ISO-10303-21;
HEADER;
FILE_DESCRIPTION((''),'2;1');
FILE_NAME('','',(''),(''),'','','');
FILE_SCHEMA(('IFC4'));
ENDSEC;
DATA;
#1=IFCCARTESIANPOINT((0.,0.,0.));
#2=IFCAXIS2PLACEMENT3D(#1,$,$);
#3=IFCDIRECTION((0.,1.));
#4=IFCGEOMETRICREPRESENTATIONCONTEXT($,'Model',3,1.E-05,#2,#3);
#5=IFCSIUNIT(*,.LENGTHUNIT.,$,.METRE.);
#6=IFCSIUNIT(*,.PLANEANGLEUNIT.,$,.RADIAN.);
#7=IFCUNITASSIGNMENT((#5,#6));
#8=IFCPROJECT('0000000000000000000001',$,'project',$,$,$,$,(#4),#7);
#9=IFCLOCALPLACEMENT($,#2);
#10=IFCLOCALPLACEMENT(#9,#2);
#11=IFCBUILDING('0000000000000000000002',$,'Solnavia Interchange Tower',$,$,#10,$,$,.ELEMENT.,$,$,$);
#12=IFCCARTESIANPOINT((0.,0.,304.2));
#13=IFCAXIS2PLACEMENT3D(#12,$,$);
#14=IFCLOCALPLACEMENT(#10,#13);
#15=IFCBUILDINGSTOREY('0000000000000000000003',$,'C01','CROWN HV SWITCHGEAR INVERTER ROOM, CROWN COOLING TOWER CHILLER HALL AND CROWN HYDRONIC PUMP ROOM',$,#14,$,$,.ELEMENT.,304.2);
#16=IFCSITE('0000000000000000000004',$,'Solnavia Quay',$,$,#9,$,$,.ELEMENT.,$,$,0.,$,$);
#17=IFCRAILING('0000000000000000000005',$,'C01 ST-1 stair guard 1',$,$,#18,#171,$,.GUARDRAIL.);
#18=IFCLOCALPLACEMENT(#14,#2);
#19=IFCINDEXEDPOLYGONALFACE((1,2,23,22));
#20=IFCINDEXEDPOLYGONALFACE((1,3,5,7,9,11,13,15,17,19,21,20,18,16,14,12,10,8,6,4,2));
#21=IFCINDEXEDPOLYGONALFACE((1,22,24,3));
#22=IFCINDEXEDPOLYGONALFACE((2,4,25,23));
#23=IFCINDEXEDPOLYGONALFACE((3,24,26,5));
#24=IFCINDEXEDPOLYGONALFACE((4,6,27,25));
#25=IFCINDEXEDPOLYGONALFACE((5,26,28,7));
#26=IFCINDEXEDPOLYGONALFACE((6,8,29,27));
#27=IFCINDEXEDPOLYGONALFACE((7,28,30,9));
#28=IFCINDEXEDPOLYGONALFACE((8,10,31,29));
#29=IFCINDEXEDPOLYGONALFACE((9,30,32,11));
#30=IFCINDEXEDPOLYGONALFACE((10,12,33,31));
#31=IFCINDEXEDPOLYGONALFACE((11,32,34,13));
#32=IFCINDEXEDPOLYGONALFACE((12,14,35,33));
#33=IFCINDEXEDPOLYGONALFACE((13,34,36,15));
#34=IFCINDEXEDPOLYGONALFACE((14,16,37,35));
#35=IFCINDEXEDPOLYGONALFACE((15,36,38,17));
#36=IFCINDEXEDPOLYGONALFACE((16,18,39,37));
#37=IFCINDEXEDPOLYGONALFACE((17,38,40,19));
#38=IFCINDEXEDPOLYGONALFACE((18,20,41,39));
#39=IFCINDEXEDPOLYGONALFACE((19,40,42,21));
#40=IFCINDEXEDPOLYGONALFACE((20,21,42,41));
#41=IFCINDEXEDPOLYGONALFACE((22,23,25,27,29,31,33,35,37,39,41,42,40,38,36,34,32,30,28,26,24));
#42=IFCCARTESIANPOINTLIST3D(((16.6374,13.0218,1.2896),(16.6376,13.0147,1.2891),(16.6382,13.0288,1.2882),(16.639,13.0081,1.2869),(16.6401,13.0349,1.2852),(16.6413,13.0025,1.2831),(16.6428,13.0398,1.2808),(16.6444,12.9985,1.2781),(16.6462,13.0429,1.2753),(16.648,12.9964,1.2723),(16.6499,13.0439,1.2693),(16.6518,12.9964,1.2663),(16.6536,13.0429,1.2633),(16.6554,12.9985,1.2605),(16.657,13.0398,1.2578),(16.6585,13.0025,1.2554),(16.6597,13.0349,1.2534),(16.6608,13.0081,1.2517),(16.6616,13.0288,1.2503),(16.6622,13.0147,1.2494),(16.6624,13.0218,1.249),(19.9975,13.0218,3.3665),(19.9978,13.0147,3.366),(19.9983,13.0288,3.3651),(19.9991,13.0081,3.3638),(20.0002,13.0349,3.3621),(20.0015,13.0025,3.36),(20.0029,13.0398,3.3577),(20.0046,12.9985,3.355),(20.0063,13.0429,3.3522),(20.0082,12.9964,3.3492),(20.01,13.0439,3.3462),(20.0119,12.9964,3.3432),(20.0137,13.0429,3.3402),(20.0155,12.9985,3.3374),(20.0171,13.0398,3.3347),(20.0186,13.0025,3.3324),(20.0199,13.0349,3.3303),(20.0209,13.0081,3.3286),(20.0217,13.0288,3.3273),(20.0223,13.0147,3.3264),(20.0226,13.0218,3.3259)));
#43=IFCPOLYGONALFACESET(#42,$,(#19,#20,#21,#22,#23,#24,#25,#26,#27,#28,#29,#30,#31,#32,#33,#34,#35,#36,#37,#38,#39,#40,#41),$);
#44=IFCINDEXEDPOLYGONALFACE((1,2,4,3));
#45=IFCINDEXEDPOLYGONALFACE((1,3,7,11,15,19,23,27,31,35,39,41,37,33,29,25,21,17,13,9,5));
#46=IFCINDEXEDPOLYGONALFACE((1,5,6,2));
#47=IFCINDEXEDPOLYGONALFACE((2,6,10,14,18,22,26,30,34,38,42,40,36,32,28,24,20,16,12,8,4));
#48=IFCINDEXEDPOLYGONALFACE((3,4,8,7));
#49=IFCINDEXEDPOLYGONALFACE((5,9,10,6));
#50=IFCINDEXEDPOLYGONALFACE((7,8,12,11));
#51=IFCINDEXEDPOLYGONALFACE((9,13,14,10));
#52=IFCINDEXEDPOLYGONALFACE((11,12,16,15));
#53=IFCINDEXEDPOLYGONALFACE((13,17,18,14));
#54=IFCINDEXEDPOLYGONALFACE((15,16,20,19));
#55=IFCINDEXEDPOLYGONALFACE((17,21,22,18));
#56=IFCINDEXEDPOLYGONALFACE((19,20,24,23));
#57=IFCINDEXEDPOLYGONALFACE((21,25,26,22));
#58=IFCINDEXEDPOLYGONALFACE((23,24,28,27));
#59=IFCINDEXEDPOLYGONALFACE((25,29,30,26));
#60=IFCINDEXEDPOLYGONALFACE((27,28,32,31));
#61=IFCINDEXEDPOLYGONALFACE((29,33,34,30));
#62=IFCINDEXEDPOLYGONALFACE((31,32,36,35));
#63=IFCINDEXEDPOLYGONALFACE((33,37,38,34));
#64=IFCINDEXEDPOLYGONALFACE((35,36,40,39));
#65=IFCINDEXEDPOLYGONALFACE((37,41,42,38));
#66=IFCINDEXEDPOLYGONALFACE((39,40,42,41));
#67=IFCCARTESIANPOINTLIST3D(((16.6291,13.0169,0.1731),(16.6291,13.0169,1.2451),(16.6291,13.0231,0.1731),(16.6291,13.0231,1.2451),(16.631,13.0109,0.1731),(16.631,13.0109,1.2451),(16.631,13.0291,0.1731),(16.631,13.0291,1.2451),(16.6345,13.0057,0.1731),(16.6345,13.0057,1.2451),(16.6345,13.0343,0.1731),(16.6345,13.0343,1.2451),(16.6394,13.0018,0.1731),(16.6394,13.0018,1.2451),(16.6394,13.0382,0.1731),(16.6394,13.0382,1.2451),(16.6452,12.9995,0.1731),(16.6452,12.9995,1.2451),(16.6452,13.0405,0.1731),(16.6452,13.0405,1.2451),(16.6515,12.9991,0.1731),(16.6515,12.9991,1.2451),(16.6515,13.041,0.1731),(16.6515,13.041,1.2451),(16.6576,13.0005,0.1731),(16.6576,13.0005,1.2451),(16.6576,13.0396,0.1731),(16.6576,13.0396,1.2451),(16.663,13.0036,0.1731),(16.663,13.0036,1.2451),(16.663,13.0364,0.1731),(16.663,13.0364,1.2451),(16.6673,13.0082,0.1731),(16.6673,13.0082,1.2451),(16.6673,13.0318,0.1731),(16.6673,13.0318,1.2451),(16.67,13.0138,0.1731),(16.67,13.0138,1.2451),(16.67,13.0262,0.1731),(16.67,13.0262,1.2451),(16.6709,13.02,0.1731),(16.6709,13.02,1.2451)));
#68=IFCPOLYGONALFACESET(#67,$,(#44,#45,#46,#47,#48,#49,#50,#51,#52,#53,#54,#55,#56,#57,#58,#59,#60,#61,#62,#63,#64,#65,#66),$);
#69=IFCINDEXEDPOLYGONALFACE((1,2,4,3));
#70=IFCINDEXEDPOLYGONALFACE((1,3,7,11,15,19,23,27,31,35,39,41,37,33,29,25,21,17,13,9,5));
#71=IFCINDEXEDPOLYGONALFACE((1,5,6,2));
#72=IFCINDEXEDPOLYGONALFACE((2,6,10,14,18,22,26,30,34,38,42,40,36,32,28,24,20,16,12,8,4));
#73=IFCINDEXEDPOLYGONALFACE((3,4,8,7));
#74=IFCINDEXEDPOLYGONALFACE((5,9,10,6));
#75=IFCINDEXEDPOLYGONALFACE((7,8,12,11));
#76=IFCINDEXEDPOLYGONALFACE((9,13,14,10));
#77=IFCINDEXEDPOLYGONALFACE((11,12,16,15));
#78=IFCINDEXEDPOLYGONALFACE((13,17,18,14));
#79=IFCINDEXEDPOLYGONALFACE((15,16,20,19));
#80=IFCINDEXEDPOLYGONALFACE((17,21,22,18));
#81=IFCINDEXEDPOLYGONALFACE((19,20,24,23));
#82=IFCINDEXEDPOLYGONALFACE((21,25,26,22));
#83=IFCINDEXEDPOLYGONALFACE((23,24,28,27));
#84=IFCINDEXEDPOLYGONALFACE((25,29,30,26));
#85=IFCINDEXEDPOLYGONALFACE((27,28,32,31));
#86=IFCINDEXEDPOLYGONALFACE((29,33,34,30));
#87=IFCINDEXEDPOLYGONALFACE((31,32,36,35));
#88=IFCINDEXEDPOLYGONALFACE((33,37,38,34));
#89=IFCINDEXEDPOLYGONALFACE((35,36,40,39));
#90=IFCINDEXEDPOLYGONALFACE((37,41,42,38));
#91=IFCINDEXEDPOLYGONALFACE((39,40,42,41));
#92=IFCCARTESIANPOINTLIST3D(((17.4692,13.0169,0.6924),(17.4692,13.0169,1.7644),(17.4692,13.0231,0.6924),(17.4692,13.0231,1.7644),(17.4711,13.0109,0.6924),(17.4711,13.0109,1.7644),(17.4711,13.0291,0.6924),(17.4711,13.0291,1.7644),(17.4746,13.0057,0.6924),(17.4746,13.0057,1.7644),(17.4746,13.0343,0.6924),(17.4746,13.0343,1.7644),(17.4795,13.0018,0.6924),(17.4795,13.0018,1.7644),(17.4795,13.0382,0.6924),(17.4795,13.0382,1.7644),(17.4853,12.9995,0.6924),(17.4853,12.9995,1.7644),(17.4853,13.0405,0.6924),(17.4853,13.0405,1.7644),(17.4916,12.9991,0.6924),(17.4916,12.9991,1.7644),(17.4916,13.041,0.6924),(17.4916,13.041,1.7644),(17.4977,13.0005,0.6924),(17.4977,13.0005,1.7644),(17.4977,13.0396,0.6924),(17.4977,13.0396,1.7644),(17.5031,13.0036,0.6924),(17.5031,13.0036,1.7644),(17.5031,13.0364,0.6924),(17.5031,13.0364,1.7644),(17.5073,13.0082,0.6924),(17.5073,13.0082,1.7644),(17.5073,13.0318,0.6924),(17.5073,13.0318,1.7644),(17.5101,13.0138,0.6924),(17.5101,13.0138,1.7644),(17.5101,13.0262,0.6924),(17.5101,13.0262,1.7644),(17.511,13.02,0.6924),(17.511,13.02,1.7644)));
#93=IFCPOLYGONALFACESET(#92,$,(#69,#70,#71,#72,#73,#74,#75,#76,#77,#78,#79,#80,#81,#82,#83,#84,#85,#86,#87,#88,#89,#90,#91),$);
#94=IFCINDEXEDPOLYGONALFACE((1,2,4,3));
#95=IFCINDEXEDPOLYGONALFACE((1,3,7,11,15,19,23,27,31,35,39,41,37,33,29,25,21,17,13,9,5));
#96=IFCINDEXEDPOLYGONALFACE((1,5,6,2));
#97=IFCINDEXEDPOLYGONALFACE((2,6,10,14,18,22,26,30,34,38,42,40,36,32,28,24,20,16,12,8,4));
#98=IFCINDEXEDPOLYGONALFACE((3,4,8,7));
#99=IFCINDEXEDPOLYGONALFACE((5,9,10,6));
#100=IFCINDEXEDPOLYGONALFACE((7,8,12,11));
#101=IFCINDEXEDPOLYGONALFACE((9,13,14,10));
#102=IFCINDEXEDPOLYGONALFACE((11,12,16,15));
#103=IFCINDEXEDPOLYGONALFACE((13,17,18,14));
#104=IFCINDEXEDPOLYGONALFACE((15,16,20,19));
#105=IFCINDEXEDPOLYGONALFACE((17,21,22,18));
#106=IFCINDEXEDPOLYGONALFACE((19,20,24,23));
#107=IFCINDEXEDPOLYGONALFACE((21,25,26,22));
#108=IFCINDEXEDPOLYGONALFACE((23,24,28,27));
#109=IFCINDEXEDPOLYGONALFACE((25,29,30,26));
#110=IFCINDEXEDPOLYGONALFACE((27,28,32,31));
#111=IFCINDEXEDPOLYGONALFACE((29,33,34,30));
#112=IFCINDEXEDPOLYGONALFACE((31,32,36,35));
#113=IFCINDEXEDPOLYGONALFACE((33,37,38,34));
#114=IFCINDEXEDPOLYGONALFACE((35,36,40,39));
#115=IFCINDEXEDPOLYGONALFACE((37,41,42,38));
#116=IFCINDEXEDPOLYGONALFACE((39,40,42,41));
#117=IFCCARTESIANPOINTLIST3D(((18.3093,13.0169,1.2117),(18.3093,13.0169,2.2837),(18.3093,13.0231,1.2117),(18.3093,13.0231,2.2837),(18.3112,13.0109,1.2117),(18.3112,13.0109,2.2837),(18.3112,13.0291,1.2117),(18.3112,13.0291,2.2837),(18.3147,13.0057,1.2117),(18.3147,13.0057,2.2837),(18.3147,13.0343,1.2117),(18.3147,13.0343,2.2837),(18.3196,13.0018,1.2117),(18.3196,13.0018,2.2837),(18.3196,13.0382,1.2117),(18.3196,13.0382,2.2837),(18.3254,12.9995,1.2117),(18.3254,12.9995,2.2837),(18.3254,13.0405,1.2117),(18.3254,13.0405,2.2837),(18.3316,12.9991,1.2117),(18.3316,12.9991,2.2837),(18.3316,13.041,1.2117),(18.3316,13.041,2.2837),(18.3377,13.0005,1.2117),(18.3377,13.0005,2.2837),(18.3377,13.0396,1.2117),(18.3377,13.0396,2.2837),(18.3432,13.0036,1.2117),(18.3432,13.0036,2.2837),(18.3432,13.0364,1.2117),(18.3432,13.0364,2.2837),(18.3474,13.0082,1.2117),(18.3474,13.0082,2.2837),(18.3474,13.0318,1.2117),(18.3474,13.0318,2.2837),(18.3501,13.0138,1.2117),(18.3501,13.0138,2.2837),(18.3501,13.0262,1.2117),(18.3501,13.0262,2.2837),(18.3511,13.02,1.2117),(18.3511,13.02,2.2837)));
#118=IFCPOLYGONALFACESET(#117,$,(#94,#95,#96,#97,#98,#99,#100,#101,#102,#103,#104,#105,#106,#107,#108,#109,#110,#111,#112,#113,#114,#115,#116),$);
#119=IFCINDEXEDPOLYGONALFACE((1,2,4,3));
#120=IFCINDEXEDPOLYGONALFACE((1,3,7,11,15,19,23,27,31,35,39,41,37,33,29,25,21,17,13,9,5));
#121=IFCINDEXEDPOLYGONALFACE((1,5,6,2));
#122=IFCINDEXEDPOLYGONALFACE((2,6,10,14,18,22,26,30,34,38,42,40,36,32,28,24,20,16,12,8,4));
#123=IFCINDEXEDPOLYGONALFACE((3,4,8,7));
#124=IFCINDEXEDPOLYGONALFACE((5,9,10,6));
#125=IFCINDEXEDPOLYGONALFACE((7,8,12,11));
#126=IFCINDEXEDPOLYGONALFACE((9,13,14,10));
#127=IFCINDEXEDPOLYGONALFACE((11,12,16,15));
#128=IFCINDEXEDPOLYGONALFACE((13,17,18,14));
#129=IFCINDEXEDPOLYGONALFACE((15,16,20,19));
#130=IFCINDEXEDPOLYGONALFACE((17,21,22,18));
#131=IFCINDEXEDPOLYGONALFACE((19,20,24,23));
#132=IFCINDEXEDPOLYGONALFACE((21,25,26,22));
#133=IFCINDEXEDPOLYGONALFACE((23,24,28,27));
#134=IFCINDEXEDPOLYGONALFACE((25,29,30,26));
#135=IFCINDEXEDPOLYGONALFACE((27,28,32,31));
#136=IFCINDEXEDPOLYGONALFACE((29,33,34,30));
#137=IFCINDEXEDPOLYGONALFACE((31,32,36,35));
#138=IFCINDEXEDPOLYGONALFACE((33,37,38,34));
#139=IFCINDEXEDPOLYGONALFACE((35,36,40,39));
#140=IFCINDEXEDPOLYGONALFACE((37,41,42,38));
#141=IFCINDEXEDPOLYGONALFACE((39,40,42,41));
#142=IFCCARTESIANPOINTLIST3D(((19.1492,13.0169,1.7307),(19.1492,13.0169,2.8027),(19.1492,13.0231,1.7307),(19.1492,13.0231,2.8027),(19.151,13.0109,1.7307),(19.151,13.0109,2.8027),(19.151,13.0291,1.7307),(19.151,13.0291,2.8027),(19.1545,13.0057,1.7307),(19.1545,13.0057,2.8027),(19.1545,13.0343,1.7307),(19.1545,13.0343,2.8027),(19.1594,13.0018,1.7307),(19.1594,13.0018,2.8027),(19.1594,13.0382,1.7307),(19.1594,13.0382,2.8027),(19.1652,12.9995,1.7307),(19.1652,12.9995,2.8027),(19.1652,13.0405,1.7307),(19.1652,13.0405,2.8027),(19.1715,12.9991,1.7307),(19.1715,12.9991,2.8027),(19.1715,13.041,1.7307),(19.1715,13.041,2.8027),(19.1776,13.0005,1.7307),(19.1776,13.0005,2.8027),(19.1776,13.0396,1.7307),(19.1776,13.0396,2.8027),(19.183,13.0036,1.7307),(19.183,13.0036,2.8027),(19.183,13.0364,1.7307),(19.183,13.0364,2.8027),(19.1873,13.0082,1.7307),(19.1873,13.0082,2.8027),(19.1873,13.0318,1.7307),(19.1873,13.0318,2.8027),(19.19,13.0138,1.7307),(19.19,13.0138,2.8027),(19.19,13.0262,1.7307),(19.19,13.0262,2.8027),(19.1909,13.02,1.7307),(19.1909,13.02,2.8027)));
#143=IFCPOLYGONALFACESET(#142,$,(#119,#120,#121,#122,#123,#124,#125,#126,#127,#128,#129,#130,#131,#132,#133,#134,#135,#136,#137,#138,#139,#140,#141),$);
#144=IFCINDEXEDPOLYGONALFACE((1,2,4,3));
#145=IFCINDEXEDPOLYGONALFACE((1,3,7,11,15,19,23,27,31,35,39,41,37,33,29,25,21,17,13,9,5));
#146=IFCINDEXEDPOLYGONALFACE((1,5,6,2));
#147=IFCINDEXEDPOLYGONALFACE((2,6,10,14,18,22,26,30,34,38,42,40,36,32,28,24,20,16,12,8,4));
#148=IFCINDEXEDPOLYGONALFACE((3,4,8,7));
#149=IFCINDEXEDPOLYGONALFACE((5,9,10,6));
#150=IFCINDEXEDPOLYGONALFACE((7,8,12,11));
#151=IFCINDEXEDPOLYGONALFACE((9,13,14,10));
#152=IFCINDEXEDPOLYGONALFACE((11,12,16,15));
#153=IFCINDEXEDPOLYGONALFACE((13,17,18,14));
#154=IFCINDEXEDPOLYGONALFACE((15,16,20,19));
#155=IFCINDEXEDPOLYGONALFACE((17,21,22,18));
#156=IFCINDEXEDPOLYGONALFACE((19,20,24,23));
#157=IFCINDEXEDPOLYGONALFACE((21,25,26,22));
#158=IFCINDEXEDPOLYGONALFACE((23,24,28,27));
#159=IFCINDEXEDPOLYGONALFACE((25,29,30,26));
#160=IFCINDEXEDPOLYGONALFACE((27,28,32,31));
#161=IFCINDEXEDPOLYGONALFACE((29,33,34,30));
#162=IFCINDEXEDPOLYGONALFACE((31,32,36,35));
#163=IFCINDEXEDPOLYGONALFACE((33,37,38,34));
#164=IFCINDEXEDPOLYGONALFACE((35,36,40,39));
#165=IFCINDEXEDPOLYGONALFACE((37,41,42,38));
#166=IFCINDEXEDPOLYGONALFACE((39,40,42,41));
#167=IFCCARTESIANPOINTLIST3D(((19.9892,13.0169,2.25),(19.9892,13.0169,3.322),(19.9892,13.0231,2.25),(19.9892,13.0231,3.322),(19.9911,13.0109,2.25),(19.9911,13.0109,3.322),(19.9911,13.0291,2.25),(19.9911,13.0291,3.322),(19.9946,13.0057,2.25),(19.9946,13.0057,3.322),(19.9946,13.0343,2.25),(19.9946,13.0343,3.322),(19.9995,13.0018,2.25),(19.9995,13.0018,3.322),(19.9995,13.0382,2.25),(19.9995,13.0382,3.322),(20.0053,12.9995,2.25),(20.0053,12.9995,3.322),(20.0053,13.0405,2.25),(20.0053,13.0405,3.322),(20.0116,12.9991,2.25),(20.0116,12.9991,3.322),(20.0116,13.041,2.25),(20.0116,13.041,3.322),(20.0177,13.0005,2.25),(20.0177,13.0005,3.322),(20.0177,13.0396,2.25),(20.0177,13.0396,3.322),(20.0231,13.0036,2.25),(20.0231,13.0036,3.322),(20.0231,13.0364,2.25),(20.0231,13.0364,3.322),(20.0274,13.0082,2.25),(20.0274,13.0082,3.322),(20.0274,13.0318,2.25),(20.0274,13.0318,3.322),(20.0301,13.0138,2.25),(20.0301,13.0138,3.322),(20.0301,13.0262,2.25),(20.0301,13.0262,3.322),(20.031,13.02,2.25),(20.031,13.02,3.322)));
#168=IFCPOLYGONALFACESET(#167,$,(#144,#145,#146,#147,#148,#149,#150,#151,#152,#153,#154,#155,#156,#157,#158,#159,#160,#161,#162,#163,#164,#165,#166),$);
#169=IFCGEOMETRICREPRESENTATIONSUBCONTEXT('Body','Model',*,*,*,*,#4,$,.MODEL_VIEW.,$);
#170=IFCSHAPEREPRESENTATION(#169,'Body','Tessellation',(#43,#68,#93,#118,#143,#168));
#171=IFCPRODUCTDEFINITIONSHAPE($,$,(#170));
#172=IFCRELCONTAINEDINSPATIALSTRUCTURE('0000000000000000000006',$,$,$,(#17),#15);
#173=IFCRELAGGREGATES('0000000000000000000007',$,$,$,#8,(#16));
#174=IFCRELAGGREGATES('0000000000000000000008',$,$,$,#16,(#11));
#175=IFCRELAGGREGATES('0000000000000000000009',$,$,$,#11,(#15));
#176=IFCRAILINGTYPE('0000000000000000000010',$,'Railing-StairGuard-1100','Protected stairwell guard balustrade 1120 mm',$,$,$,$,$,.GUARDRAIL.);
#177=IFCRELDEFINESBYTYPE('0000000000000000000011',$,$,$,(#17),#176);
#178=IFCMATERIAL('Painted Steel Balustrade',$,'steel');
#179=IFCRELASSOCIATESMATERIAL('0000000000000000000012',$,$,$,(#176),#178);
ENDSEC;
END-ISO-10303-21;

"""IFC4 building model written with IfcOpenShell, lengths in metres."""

from ifc_helpers import new_model, si_unit, direction, frame, origin, origin_2d, place, context, subcontext, project, spatial, circle, extrude, material, type_object, element, save


model = new_model("IFC4")

# Units and contexts
model_context = context("Model", 3, precision=1e-05, world=origin(), true_north=direction((0.0, 1.0)))
body_context = subcontext(model_context, "Body", "Model", "MODEL_VIEW")
ifc_project = project(units=[si_unit("LENGTHUNIT", "METRE"), si_unit("PLANEANGLEUNIT", "RADIAN")], contexts=[model_context])

# Site, building, storey
site_placement = place(None, origin())
site = spatial("IfcSite", under=ifc_project, at=site_placement, Name="Solnavia Quay", CompositionType="ELEMENT", RefElevation=0.0)
building_placement = place(site_placement, origin())
building = spatial("IfcBuilding", under=site, at=building_placement, Name="Solnavia Interchange Tower", CompositionType="ELEMENT")
storey_placement = place(building_placement, frame((0.0, 0.0, 304.2)))
storey = spatial("IfcBuildingStorey", under=building, at=storey_placement, Name="C01", Description="CROWN HV SWITCHGEAR INVERTER ROOM, CROWN COOLING TOWER CHILLER HALL AND CROWN HYDRONIC PUMP ROOM", CompositionType="ELEMENT", Elevation=304.2)

# Railing
ifc_material_1 = material(Name="Painted Steel Balustrade", Category="steel")
railing_type_1 = type_object("IfcRailingType", Name="Railing-StairGuard-1100", Description="Protected stairwell guard balustrade 1120 mm", PredefinedType="GUARDRAIL", material=ifc_material_1)
railing_1_placement = place(storey_placement, frame((16.6499, 13.02, 0.1731)))
element("IfcRailing", 1, at=railing_1_placement, inside=storey, type_object=railing_type_1, Name="C01 ST-1 stair guard 1", PredefinedType="GUARDRAIL", context=body_context, shape_type="SweptSolid", body=[
    extrude(circle(Radius=0.0239, at=origin_2d()), frame((0.0, 0.0, 1.0962), z_axis=(0.850623, 0.0, 0.525776), x_axis=(0.0, 1.0, 0.0)), (0.0, 0.0, 1.0), 3.9502),
    extrude(circle(Radius=0.021, at=origin_2d()), origin(), (0.0, 0.0, 1.0), 1.072),
    extrude(circle(Radius=0.021, at=origin_2d()), frame((0.8401, 0.0, 0.5193)), (0.0, 0.0, 1.0), 1.072),
    extrude(circle(Radius=0.021, at=origin_2d()), frame((1.6802, 0.0, 1.0386)), (0.0, 0.0, 1.0), 1.072),
    extrude(circle(Radius=0.021, at=origin_2d()), frame((2.52, 0.0, 1.5576)), (0.0, 0.0, 1.0), 1.072),
    extrude(circle(Radius=0.021, at=origin_2d()), frame((3.3601, 0.0, 2.0769)), (0.0, 0.0, 1.0), 1.072),
])

save(model, "model.ifc")
